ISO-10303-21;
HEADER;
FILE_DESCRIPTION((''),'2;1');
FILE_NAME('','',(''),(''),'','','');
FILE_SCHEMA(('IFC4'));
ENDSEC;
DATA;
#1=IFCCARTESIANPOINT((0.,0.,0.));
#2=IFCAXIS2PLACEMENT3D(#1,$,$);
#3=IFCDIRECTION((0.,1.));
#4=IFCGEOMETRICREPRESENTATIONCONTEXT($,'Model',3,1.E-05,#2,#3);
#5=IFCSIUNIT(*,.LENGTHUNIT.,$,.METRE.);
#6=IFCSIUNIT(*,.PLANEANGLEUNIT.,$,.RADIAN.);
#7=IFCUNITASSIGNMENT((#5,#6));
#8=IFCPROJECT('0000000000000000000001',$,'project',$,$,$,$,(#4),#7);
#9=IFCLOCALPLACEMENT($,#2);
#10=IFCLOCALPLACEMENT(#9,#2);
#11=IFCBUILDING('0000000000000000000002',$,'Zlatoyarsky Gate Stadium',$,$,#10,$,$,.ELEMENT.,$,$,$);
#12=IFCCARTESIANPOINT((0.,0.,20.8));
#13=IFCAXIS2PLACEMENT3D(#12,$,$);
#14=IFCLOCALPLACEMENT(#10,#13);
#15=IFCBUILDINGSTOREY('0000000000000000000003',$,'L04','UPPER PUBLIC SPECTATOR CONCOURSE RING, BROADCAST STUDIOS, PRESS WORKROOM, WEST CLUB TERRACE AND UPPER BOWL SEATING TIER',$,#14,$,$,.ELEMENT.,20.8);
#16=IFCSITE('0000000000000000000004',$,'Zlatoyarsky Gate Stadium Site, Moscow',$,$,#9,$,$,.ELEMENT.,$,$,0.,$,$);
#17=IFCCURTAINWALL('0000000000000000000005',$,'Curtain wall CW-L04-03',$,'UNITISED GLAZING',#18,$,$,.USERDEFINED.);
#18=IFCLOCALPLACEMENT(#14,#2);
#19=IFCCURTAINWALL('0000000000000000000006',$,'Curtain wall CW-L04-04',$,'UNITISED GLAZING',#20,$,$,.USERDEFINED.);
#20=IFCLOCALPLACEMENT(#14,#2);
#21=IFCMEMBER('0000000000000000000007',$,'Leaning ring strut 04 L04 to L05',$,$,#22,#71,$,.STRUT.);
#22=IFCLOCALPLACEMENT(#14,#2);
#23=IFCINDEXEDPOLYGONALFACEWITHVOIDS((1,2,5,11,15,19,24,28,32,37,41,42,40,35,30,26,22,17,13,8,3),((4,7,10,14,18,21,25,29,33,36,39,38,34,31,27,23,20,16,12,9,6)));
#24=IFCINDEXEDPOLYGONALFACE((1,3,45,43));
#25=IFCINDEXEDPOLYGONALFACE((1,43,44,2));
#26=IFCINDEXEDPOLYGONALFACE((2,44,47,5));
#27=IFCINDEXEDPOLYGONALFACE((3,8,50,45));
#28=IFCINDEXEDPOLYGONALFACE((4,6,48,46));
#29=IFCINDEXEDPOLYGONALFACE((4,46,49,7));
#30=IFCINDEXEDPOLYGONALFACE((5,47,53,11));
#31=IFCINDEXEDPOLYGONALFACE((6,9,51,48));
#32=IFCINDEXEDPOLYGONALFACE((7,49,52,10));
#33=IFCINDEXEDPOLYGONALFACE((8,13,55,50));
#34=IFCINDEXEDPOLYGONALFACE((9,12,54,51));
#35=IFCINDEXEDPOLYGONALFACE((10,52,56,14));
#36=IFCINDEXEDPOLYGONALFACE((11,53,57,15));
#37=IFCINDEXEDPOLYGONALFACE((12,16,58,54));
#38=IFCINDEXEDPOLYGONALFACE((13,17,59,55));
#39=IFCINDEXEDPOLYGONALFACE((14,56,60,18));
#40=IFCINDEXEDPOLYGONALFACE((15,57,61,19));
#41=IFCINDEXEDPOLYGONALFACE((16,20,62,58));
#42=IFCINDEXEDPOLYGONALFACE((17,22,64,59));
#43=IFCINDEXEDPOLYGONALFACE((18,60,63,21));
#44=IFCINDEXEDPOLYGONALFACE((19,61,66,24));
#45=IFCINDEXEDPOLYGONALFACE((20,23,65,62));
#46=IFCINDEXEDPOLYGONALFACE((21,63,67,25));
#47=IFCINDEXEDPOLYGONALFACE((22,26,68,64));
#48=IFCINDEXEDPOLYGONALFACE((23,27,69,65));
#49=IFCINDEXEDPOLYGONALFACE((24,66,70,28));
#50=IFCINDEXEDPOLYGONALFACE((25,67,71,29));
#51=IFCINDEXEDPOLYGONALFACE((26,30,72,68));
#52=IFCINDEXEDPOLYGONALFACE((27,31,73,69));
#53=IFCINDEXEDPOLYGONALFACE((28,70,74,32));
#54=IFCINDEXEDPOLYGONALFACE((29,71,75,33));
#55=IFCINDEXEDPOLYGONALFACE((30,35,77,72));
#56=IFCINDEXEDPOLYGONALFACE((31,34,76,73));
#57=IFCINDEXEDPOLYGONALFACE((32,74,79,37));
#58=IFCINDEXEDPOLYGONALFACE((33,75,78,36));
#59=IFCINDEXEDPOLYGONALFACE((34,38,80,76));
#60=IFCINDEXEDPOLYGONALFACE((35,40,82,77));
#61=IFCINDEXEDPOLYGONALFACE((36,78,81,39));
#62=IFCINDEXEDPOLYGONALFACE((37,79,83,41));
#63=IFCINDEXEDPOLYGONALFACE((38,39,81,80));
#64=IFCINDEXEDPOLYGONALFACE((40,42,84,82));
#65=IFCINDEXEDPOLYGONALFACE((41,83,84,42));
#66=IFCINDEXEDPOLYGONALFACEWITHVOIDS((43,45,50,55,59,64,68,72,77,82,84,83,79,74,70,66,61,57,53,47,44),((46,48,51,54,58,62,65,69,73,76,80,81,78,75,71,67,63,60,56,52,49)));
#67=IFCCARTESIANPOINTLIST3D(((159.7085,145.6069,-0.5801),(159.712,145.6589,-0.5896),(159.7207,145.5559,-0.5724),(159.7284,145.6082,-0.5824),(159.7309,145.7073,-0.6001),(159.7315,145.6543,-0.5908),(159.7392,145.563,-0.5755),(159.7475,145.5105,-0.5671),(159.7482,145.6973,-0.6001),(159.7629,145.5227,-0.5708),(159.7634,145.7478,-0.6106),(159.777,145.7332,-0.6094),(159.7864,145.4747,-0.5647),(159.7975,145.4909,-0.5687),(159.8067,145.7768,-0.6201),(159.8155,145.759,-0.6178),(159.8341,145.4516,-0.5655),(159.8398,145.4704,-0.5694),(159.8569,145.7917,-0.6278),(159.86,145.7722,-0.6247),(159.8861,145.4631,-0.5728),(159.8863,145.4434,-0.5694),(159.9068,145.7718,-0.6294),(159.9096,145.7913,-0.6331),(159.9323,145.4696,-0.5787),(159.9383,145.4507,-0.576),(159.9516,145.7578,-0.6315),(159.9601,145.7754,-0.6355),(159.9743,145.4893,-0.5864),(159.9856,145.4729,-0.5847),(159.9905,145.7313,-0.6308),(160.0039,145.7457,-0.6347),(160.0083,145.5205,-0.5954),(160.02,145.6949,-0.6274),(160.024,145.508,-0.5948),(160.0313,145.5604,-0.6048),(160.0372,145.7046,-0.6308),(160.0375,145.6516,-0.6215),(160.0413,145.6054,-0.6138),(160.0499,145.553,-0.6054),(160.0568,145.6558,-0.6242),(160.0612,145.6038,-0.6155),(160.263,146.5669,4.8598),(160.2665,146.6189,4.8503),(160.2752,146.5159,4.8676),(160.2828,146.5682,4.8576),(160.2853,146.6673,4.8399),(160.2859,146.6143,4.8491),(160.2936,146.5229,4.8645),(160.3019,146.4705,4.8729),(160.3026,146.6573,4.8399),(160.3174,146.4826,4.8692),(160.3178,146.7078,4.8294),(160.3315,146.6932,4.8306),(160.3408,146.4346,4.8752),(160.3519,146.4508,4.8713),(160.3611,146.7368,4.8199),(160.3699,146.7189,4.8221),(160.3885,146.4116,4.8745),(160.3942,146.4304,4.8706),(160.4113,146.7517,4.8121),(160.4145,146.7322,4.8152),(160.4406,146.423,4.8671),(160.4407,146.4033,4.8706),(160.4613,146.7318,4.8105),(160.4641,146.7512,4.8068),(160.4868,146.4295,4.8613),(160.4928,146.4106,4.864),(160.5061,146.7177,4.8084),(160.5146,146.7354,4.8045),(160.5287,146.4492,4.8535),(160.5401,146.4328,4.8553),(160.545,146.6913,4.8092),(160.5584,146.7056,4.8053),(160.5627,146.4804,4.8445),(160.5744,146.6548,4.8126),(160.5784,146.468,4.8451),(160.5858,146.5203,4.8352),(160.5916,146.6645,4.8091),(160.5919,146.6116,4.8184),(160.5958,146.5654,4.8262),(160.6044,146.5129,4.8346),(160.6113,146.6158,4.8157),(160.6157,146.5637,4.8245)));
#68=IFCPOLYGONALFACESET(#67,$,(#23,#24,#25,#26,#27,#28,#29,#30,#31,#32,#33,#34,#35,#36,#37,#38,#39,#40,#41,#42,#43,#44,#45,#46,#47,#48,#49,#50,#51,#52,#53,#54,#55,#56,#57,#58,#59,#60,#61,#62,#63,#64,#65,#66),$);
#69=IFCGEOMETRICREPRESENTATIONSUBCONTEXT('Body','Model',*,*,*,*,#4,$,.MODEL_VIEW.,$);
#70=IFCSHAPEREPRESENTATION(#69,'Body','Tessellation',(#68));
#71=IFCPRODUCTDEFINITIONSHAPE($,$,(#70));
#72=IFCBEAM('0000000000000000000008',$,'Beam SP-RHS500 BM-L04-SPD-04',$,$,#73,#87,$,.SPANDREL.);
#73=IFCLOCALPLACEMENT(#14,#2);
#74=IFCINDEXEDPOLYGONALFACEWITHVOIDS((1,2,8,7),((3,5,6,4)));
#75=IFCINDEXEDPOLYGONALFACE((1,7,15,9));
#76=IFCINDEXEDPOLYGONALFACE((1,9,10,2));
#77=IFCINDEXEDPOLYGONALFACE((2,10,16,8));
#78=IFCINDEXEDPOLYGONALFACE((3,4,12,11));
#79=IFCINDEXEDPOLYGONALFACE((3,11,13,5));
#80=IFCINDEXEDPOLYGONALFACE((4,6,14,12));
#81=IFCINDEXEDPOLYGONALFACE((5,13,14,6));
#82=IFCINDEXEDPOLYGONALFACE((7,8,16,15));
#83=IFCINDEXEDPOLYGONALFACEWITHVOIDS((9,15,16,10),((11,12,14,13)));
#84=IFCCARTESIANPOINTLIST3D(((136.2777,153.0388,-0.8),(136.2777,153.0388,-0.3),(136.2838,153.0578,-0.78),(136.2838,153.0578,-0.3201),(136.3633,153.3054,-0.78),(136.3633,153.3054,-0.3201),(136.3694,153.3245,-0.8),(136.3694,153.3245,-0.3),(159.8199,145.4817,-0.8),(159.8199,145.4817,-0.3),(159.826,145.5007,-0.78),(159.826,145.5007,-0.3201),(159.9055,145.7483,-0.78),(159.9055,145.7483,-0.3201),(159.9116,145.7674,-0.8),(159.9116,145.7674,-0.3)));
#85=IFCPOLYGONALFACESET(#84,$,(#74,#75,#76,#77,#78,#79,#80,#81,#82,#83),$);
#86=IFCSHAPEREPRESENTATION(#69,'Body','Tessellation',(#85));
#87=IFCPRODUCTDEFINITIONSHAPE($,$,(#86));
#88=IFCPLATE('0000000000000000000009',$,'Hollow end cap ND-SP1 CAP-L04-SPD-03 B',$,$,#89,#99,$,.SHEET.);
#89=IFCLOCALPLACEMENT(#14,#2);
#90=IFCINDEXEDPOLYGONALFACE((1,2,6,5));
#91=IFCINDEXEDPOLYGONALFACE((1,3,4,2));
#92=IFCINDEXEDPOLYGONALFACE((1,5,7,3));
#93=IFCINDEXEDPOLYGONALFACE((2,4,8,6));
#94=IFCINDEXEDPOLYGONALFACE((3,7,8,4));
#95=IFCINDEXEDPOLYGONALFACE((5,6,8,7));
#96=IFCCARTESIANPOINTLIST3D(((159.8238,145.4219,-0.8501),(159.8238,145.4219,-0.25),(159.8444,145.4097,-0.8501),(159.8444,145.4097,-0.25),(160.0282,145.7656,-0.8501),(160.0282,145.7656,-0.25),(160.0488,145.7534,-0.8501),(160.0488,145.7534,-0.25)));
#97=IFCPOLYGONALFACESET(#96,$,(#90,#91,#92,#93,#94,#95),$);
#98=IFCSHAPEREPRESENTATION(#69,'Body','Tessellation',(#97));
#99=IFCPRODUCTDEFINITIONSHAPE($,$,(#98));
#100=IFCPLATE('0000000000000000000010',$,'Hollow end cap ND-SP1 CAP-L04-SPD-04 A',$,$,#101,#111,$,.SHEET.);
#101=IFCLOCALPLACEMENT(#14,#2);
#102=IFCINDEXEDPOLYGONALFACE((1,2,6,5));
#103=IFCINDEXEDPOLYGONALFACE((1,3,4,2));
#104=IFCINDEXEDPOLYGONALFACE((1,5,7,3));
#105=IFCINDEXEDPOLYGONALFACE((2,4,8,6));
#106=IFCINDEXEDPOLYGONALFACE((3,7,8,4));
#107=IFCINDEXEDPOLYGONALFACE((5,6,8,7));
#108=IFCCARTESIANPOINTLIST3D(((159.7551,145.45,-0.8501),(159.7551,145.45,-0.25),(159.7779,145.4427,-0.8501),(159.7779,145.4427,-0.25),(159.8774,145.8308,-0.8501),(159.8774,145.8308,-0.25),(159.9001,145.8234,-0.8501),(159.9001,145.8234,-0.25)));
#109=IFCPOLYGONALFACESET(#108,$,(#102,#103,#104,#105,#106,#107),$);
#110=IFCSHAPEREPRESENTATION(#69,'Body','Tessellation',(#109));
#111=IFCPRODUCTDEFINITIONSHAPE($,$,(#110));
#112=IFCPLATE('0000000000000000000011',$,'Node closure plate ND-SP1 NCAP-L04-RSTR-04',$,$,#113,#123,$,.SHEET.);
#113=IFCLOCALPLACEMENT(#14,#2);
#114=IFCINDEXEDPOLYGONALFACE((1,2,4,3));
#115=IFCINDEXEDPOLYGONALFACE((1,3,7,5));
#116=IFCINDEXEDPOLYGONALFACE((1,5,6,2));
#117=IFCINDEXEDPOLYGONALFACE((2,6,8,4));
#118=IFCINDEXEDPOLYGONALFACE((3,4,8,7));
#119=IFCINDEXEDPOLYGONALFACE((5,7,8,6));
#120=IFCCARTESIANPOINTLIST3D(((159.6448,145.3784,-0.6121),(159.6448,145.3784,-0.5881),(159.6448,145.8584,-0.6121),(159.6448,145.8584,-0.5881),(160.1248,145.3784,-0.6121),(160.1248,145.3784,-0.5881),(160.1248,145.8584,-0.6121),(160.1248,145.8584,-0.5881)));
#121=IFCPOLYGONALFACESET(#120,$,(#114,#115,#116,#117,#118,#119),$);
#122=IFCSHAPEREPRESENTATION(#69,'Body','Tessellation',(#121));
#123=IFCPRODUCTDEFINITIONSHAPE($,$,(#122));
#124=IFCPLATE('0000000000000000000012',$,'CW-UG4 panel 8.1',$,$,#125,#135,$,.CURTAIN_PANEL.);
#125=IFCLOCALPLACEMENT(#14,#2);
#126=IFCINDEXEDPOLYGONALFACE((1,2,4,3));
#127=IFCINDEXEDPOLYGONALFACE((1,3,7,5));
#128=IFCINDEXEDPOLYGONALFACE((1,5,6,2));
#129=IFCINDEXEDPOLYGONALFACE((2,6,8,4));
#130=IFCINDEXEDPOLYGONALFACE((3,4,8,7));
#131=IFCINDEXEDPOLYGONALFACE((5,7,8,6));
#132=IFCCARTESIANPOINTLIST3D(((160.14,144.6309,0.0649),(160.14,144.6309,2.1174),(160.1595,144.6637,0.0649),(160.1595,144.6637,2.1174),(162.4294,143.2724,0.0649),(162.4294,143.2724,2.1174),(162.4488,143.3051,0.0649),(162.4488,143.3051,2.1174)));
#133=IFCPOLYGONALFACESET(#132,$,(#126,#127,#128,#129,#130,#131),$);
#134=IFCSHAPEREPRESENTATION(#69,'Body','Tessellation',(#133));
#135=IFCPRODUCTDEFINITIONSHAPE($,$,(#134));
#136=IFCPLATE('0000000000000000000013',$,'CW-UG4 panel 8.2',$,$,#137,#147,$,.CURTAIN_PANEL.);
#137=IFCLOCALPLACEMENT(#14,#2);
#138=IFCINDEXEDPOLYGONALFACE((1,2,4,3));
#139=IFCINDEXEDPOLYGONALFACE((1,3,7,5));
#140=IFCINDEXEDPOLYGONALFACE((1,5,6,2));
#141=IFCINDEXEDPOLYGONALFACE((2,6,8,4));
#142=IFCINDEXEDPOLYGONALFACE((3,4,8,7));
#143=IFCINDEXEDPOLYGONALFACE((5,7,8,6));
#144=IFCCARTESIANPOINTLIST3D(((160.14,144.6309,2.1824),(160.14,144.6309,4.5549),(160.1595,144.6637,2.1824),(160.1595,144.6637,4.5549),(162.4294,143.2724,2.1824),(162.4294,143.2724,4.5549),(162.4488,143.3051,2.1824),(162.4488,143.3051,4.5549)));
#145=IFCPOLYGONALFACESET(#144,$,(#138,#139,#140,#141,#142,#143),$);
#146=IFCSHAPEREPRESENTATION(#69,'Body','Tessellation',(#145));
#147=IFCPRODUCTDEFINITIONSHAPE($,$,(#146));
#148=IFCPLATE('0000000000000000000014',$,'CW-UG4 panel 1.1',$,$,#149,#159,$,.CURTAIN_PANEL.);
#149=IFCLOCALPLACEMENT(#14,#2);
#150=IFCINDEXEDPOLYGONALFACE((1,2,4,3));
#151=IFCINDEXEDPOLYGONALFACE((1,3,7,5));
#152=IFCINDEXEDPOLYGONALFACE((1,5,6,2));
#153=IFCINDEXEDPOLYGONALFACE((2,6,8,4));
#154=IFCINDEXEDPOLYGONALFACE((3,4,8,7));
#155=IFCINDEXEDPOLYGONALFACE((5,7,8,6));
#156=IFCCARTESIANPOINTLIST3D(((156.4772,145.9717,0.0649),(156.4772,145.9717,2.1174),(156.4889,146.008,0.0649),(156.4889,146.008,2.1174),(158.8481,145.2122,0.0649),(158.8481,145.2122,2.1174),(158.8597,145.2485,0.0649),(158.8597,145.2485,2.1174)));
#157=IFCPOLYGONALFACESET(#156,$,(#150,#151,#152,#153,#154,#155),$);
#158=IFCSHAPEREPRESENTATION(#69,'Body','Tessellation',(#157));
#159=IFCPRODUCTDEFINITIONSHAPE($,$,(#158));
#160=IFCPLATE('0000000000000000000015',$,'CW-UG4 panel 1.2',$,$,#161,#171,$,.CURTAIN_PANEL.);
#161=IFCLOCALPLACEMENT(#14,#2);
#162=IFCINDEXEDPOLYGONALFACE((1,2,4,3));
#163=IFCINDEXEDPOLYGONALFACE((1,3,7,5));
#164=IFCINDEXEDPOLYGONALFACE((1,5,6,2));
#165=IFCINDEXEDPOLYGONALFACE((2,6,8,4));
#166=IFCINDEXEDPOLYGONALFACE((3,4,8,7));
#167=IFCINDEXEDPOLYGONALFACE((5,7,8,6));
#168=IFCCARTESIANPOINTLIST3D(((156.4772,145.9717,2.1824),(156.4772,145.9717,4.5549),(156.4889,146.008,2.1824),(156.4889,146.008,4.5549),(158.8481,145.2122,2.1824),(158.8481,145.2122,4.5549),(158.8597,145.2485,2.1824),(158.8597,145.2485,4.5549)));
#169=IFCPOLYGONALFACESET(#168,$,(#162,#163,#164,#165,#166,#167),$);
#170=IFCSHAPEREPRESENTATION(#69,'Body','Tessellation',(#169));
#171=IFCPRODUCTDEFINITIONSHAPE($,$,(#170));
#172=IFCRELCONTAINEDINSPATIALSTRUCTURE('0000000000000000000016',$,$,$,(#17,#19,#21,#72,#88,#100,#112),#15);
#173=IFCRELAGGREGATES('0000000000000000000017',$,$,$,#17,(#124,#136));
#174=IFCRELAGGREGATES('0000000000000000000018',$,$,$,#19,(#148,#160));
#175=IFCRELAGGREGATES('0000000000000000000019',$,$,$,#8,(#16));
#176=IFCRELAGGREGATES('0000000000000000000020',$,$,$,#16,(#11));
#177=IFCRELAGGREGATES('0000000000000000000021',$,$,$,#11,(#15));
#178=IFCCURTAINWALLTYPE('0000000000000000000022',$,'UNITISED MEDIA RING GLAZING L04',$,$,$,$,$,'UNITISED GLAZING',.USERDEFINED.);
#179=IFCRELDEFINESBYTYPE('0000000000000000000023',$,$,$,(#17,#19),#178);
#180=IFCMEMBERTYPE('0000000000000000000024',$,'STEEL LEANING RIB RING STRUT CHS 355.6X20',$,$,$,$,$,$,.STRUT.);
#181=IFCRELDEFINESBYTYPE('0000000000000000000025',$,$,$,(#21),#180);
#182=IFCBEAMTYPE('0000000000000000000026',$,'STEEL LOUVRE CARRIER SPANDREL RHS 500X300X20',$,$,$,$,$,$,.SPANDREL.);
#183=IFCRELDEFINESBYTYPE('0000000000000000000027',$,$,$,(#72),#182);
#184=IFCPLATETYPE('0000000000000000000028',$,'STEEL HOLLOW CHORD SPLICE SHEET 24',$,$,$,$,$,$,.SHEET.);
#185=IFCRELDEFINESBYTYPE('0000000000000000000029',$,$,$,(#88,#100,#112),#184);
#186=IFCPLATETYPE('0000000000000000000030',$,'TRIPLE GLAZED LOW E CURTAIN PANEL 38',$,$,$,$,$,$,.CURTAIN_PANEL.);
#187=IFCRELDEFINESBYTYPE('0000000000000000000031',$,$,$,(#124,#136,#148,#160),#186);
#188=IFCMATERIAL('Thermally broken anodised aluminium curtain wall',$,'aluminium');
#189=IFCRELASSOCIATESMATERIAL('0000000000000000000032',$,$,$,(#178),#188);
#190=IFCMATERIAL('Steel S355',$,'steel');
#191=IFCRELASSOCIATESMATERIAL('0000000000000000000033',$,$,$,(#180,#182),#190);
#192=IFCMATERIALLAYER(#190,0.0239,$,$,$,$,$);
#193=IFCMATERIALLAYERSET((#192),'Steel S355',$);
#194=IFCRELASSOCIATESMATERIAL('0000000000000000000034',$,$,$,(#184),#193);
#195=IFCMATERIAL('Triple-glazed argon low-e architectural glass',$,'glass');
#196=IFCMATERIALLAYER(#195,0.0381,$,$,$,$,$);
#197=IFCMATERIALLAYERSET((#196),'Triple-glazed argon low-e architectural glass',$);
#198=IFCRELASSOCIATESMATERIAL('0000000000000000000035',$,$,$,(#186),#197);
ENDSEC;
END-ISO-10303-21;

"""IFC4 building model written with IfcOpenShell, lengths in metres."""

from ifc_helpers import new_model, si_unit, direction, frame, origin, origin_2d, place, context, subcontext, project, spatial, rectangle, hollow_rectangle, hollow_circle, extrude, material, layer, layer_set, material_profile, profile_set, type_object, element, aggregate, save


model = new_model("IFC4")

# Units and contexts
model_context = context("Model", 3, precision=1e-05, world=origin(), true_north=direction((0.0, 1.0)))
body_context = subcontext(model_context, "Body", "Model", "MODEL_VIEW")
ifc_project = project(units=[si_unit("LENGTHUNIT", "METRE"), si_unit("PLANEANGLEUNIT", "RADIAN")], contexts=[model_context])

# Site, building, storey
site_placement = place(None, origin())
site = spatial("IfcSite", under=ifc_project, at=site_placement, Name="Zlatoyarsky Gate Stadium Site, Moscow", CompositionType="ELEMENT", RefElevation=0.0)
building_placement = place(site_placement, origin())
building = spatial("IfcBuilding", under=site, at=building_placement, Name="Zlatoyarsky Gate Stadium", CompositionType="ELEMENT")
storey_placement = place(building_placement, frame((0.0, 0.0, 20.8)))
storey = spatial("IfcBuildingStorey", under=building, at=storey_placement, Name="L04", Description="UPPER PUBLIC SPECTATOR CONCOURSE RING, BROADCAST STUDIOS, PRESS WORKROOM, WEST CLUB TERRACE AND UPPER BOWL SEATING TIER", CompositionType="ELEMENT", Elevation=20.8)

# Curtain wall
ifc_material_1 = material(Name="Thermally broken anodised aluminium curtain wall", Category="aluminium")
curtain_wall_type = type_object("IfcCurtainWallType", Name="UNITISED MEDIA RING GLAZING L04", ElementType="UNITISED GLAZING", PredefinedType="USERDEFINED", material=ifc_material_1)
curtain_wall_1_placement = place(storey_placement, origin())
curtain_wall_1 = element("IfcCurtainWall", 1, at=curtain_wall_1_placement, inside=storey, type_object=curtain_wall_type, Name="Curtain wall CW-L04-03", ObjectType="UNITISED GLAZING", PredefinedType="USERDEFINED")

# Curtain wall
curtain_wall_2_placement = place(storey_placement, origin())
curtain_wall_2 = element("IfcCurtainWall", 2, at=curtain_wall_2_placement, inside=storey, type_object=curtain_wall_type, Name="Curtain wall CW-L04-04", ObjectType="UNITISED GLAZING", PredefinedType="USERDEFINED")

# Shared definitions
ifc_material_2 = material(Name="Steel S355", Category="steel")

# Member
ifc_material_profile_1 = material_profile(ifc_material_2, hollow_circle(Radius=0.1777, WallThickness=0.02, at=origin_2d()), Name="CHS 355.6X20")
ifc_profile_set_1 = profile_set([ifc_material_profile_1], Name="Steel S355")
member_type_1 = type_object("IfcMemberType", Name="STEEL LEANING RIB RING STRUT CHS 355.6X20", PredefinedType="STRUT", material=ifc_profile_set_1)
member_1_placement = place(storey_placement, frame((159.8848, 145.6184, -0.6001), z_axis=(0.099868, 0.172912, 0.979861), x_axis=(-0.865944, 0.500142, 0.0)))
element("IfcMember", 3, at=member_1_placement, inside=storey, type_object=member_type_1, Name="Leaning ring strut 04 L04 to L05", PredefinedType="STRUT", context=body_context, shape_type="SweptSolid", body=[
    extrude(hollow_circle(Radius=0.1777, WallThickness=0.02, at=origin_2d()), origin(), (0.0, 0.0, 1.0), 5.5518),
])

# Beam
ifc_material_profile_2 = material_profile(ifc_material_2, hollow_rectangle(XDim=0.3, YDim=0.5, WallThickness=0.02, at=origin_2d()), Name="RHS 500X300X20")
ifc_profile_set_2 = profile_set([ifc_material_profile_2], Name="Steel S355")
beam_type_1 = type_object("IfcBeamType", Name="STEEL LOUVRE CARRIER SPANDREL RHS 500X300X20", PredefinedType="SPANDREL", material=ifc_profile_set_2)
beam_1_placement = place(storey_placement, frame((159.8657, 145.6245, -0.55), z_axis=(-0.952147, 0.305642, 0.0), x_axis=(-0.305642, -0.952147, 0.0)))
element("IfcBeam", 4, at=beam_1_placement, inside=storey, type_object=beam_type_1, Name="Beam SP-RHS500 BM-L04-SPD-04", PredefinedType="SPANDREL", context=body_context, shape_type="SweptSolid", body=[
    extrude(hollow_rectangle(XDim=0.3, YDim=0.5, WallThickness=0.02, at=origin_2d()), origin(), (0.0, 0.0, 1.0), 24.7253),
])

# Plates
ifc_layer_1 = layer(ifc_material_2, 0.0239)
ifc_layer_set_1 = layer_set([ifc_layer_1], Name="Steel S355")
plate_type_1 = type_object("IfcPlateType", Name="STEEL HOLLOW CHORD SPLICE SHEET 24", PredefinedType="SHEET", material=ifc_layer_set_1)
for number, where, z_axis, x_axis, name in (
    (5, (159.9363, 145.5876, -0.8501), (0.0, 0.0, 1.0), (-0.859509, 0.51112, 0.0), "Hollow end cap ND-SP1 CAP-L04-SPD-03 B"),
    (6, (159.8276, 145.6367, -0.8501), (0.0, 0.0, 1.0), (-0.952146, 0.305645, 0.0), "Hollow end cap ND-SP1 CAP-L04-SPD-04 A"),
):
    element("IfcPlate", number, at=place(storey_placement, frame(where, z_axis=z_axis, x_axis=x_axis)), inside=storey, type_object=plate_type_1, Name=name, PredefinedType="SHEET", context=body_context, shape_type="SweptSolid", body=[
        extrude(rectangle(XDim=0.0239, YDim=0.3999, at=origin_2d()), origin(), (0.0, 0.0, 1.0), 0.6001),
    ])
plate_1_placement = place(storey_placement, frame((159.8848, 145.6184, -0.6121), z_axis=(0.0, 0.0, 1.0), x_axis=(1.0, 0.0, 0.0)))
element("IfcPlate", 7, at=plate_1_placement, inside=storey, type_object=plate_type_1, Name="Node closure plate ND-SP1 NCAP-L04-RSTR-04", PredefinedType="SHEET", context=body_context, shape_type="SweptSolid", body=[
    extrude(rectangle(XDim=0.48, YDim=0.48, at=origin_2d()), origin(), (0.0, 0.0, 1.0), 0.0239),
])

# Plates
ifc_material_3 = material(Name="Triple-glazed argon low-e architectural glass", Category="glass")
ifc_layer_2 = layer(ifc_material_3, 0.0381)
ifc_layer_set_2 = layer_set([ifc_layer_2], Name="Triple-glazed argon low-e architectural glass")
plate_type_2 = type_object("IfcPlateType", Name="TRIPLE GLAZED LOW E CURTAIN PANEL 38", PredefinedType="CURTAIN_PANEL", material=ifc_layer_set_2)
plate_2_placement = place(storey_placement, frame((161.2944, 143.968, 0.0649), z_axis=(0.0, 0.0, 1.0), x_axis=(-0.859978, 0.51033, 0.0)))
plate_2 = element("IfcPlate", 8, at=plate_2_placement, type_object=plate_type_2, Name="CW-UG4 panel 8.1", PredefinedType="CURTAIN_PANEL", context=body_context, shape_type="SweptSolid", body=[
    extrude(rectangle(XDim=2.6621, YDim=0.0381, at=origin_2d()), origin(), (0.0, 0.0, 1.0), 2.0525),
])
plate_3_placement = place(storey_placement, frame((161.2944, 143.968, 2.1824), z_axis=(0.0, 0.0, 1.0), x_axis=(-0.859978, 0.51033, 0.0)))
plate_3 = element("IfcPlate", 9, at=plate_3_placement, type_object=plate_type_2, Name="CW-UG4 panel 8.2", PredefinedType="CURTAIN_PANEL", context=body_context, shape_type="SweptSolid", body=[
    extrude(rectangle(XDim=2.6621, YDim=0.0381, at=origin_2d()), origin(), (0.0, 0.0, 1.0), 2.3726),
])
aggregate(curtain_wall_1, [plate_2, plate_3])
plate_4_placement = place(storey_placement, frame((157.6685, 145.6101, 0.0649), z_axis=(0.0, 0.0, 1.0), x_axis=(-0.952331, 0.305066, 0.0)))
plate_4 = element("IfcPlate", 10, at=plate_4_placement, type_object=plate_type_2, Name="CW-UG4 panel 1.1", PredefinedType="CURTAIN_PANEL", context=body_context, shape_type="SweptSolid", body=[
    extrude(rectangle(XDim=2.4895, YDim=0.0381, at=origin_2d()), origin(), (0.0, 0.0, 1.0), 2.0525),
])
plate_5_placement = place(storey_placement, frame((157.6685, 145.6101, 2.1824), z_axis=(0.0, 0.0, 1.0), x_axis=(-0.952331, 0.305066, 0.0)))
plate_5 = element("IfcPlate", 11, at=plate_5_placement, type_object=plate_type_2, Name="CW-UG4 panel 1.2", PredefinedType="CURTAIN_PANEL", context=body_context, shape_type="SweptSolid", body=[
    extrude(rectangle(XDim=2.4895, YDim=0.0381, at=origin_2d()), origin(), (0.0, 0.0, 1.0), 2.3726),
])
aggregate(curtain_wall_2, [plate_4, plate_5])

save(model, "model.ifc")
